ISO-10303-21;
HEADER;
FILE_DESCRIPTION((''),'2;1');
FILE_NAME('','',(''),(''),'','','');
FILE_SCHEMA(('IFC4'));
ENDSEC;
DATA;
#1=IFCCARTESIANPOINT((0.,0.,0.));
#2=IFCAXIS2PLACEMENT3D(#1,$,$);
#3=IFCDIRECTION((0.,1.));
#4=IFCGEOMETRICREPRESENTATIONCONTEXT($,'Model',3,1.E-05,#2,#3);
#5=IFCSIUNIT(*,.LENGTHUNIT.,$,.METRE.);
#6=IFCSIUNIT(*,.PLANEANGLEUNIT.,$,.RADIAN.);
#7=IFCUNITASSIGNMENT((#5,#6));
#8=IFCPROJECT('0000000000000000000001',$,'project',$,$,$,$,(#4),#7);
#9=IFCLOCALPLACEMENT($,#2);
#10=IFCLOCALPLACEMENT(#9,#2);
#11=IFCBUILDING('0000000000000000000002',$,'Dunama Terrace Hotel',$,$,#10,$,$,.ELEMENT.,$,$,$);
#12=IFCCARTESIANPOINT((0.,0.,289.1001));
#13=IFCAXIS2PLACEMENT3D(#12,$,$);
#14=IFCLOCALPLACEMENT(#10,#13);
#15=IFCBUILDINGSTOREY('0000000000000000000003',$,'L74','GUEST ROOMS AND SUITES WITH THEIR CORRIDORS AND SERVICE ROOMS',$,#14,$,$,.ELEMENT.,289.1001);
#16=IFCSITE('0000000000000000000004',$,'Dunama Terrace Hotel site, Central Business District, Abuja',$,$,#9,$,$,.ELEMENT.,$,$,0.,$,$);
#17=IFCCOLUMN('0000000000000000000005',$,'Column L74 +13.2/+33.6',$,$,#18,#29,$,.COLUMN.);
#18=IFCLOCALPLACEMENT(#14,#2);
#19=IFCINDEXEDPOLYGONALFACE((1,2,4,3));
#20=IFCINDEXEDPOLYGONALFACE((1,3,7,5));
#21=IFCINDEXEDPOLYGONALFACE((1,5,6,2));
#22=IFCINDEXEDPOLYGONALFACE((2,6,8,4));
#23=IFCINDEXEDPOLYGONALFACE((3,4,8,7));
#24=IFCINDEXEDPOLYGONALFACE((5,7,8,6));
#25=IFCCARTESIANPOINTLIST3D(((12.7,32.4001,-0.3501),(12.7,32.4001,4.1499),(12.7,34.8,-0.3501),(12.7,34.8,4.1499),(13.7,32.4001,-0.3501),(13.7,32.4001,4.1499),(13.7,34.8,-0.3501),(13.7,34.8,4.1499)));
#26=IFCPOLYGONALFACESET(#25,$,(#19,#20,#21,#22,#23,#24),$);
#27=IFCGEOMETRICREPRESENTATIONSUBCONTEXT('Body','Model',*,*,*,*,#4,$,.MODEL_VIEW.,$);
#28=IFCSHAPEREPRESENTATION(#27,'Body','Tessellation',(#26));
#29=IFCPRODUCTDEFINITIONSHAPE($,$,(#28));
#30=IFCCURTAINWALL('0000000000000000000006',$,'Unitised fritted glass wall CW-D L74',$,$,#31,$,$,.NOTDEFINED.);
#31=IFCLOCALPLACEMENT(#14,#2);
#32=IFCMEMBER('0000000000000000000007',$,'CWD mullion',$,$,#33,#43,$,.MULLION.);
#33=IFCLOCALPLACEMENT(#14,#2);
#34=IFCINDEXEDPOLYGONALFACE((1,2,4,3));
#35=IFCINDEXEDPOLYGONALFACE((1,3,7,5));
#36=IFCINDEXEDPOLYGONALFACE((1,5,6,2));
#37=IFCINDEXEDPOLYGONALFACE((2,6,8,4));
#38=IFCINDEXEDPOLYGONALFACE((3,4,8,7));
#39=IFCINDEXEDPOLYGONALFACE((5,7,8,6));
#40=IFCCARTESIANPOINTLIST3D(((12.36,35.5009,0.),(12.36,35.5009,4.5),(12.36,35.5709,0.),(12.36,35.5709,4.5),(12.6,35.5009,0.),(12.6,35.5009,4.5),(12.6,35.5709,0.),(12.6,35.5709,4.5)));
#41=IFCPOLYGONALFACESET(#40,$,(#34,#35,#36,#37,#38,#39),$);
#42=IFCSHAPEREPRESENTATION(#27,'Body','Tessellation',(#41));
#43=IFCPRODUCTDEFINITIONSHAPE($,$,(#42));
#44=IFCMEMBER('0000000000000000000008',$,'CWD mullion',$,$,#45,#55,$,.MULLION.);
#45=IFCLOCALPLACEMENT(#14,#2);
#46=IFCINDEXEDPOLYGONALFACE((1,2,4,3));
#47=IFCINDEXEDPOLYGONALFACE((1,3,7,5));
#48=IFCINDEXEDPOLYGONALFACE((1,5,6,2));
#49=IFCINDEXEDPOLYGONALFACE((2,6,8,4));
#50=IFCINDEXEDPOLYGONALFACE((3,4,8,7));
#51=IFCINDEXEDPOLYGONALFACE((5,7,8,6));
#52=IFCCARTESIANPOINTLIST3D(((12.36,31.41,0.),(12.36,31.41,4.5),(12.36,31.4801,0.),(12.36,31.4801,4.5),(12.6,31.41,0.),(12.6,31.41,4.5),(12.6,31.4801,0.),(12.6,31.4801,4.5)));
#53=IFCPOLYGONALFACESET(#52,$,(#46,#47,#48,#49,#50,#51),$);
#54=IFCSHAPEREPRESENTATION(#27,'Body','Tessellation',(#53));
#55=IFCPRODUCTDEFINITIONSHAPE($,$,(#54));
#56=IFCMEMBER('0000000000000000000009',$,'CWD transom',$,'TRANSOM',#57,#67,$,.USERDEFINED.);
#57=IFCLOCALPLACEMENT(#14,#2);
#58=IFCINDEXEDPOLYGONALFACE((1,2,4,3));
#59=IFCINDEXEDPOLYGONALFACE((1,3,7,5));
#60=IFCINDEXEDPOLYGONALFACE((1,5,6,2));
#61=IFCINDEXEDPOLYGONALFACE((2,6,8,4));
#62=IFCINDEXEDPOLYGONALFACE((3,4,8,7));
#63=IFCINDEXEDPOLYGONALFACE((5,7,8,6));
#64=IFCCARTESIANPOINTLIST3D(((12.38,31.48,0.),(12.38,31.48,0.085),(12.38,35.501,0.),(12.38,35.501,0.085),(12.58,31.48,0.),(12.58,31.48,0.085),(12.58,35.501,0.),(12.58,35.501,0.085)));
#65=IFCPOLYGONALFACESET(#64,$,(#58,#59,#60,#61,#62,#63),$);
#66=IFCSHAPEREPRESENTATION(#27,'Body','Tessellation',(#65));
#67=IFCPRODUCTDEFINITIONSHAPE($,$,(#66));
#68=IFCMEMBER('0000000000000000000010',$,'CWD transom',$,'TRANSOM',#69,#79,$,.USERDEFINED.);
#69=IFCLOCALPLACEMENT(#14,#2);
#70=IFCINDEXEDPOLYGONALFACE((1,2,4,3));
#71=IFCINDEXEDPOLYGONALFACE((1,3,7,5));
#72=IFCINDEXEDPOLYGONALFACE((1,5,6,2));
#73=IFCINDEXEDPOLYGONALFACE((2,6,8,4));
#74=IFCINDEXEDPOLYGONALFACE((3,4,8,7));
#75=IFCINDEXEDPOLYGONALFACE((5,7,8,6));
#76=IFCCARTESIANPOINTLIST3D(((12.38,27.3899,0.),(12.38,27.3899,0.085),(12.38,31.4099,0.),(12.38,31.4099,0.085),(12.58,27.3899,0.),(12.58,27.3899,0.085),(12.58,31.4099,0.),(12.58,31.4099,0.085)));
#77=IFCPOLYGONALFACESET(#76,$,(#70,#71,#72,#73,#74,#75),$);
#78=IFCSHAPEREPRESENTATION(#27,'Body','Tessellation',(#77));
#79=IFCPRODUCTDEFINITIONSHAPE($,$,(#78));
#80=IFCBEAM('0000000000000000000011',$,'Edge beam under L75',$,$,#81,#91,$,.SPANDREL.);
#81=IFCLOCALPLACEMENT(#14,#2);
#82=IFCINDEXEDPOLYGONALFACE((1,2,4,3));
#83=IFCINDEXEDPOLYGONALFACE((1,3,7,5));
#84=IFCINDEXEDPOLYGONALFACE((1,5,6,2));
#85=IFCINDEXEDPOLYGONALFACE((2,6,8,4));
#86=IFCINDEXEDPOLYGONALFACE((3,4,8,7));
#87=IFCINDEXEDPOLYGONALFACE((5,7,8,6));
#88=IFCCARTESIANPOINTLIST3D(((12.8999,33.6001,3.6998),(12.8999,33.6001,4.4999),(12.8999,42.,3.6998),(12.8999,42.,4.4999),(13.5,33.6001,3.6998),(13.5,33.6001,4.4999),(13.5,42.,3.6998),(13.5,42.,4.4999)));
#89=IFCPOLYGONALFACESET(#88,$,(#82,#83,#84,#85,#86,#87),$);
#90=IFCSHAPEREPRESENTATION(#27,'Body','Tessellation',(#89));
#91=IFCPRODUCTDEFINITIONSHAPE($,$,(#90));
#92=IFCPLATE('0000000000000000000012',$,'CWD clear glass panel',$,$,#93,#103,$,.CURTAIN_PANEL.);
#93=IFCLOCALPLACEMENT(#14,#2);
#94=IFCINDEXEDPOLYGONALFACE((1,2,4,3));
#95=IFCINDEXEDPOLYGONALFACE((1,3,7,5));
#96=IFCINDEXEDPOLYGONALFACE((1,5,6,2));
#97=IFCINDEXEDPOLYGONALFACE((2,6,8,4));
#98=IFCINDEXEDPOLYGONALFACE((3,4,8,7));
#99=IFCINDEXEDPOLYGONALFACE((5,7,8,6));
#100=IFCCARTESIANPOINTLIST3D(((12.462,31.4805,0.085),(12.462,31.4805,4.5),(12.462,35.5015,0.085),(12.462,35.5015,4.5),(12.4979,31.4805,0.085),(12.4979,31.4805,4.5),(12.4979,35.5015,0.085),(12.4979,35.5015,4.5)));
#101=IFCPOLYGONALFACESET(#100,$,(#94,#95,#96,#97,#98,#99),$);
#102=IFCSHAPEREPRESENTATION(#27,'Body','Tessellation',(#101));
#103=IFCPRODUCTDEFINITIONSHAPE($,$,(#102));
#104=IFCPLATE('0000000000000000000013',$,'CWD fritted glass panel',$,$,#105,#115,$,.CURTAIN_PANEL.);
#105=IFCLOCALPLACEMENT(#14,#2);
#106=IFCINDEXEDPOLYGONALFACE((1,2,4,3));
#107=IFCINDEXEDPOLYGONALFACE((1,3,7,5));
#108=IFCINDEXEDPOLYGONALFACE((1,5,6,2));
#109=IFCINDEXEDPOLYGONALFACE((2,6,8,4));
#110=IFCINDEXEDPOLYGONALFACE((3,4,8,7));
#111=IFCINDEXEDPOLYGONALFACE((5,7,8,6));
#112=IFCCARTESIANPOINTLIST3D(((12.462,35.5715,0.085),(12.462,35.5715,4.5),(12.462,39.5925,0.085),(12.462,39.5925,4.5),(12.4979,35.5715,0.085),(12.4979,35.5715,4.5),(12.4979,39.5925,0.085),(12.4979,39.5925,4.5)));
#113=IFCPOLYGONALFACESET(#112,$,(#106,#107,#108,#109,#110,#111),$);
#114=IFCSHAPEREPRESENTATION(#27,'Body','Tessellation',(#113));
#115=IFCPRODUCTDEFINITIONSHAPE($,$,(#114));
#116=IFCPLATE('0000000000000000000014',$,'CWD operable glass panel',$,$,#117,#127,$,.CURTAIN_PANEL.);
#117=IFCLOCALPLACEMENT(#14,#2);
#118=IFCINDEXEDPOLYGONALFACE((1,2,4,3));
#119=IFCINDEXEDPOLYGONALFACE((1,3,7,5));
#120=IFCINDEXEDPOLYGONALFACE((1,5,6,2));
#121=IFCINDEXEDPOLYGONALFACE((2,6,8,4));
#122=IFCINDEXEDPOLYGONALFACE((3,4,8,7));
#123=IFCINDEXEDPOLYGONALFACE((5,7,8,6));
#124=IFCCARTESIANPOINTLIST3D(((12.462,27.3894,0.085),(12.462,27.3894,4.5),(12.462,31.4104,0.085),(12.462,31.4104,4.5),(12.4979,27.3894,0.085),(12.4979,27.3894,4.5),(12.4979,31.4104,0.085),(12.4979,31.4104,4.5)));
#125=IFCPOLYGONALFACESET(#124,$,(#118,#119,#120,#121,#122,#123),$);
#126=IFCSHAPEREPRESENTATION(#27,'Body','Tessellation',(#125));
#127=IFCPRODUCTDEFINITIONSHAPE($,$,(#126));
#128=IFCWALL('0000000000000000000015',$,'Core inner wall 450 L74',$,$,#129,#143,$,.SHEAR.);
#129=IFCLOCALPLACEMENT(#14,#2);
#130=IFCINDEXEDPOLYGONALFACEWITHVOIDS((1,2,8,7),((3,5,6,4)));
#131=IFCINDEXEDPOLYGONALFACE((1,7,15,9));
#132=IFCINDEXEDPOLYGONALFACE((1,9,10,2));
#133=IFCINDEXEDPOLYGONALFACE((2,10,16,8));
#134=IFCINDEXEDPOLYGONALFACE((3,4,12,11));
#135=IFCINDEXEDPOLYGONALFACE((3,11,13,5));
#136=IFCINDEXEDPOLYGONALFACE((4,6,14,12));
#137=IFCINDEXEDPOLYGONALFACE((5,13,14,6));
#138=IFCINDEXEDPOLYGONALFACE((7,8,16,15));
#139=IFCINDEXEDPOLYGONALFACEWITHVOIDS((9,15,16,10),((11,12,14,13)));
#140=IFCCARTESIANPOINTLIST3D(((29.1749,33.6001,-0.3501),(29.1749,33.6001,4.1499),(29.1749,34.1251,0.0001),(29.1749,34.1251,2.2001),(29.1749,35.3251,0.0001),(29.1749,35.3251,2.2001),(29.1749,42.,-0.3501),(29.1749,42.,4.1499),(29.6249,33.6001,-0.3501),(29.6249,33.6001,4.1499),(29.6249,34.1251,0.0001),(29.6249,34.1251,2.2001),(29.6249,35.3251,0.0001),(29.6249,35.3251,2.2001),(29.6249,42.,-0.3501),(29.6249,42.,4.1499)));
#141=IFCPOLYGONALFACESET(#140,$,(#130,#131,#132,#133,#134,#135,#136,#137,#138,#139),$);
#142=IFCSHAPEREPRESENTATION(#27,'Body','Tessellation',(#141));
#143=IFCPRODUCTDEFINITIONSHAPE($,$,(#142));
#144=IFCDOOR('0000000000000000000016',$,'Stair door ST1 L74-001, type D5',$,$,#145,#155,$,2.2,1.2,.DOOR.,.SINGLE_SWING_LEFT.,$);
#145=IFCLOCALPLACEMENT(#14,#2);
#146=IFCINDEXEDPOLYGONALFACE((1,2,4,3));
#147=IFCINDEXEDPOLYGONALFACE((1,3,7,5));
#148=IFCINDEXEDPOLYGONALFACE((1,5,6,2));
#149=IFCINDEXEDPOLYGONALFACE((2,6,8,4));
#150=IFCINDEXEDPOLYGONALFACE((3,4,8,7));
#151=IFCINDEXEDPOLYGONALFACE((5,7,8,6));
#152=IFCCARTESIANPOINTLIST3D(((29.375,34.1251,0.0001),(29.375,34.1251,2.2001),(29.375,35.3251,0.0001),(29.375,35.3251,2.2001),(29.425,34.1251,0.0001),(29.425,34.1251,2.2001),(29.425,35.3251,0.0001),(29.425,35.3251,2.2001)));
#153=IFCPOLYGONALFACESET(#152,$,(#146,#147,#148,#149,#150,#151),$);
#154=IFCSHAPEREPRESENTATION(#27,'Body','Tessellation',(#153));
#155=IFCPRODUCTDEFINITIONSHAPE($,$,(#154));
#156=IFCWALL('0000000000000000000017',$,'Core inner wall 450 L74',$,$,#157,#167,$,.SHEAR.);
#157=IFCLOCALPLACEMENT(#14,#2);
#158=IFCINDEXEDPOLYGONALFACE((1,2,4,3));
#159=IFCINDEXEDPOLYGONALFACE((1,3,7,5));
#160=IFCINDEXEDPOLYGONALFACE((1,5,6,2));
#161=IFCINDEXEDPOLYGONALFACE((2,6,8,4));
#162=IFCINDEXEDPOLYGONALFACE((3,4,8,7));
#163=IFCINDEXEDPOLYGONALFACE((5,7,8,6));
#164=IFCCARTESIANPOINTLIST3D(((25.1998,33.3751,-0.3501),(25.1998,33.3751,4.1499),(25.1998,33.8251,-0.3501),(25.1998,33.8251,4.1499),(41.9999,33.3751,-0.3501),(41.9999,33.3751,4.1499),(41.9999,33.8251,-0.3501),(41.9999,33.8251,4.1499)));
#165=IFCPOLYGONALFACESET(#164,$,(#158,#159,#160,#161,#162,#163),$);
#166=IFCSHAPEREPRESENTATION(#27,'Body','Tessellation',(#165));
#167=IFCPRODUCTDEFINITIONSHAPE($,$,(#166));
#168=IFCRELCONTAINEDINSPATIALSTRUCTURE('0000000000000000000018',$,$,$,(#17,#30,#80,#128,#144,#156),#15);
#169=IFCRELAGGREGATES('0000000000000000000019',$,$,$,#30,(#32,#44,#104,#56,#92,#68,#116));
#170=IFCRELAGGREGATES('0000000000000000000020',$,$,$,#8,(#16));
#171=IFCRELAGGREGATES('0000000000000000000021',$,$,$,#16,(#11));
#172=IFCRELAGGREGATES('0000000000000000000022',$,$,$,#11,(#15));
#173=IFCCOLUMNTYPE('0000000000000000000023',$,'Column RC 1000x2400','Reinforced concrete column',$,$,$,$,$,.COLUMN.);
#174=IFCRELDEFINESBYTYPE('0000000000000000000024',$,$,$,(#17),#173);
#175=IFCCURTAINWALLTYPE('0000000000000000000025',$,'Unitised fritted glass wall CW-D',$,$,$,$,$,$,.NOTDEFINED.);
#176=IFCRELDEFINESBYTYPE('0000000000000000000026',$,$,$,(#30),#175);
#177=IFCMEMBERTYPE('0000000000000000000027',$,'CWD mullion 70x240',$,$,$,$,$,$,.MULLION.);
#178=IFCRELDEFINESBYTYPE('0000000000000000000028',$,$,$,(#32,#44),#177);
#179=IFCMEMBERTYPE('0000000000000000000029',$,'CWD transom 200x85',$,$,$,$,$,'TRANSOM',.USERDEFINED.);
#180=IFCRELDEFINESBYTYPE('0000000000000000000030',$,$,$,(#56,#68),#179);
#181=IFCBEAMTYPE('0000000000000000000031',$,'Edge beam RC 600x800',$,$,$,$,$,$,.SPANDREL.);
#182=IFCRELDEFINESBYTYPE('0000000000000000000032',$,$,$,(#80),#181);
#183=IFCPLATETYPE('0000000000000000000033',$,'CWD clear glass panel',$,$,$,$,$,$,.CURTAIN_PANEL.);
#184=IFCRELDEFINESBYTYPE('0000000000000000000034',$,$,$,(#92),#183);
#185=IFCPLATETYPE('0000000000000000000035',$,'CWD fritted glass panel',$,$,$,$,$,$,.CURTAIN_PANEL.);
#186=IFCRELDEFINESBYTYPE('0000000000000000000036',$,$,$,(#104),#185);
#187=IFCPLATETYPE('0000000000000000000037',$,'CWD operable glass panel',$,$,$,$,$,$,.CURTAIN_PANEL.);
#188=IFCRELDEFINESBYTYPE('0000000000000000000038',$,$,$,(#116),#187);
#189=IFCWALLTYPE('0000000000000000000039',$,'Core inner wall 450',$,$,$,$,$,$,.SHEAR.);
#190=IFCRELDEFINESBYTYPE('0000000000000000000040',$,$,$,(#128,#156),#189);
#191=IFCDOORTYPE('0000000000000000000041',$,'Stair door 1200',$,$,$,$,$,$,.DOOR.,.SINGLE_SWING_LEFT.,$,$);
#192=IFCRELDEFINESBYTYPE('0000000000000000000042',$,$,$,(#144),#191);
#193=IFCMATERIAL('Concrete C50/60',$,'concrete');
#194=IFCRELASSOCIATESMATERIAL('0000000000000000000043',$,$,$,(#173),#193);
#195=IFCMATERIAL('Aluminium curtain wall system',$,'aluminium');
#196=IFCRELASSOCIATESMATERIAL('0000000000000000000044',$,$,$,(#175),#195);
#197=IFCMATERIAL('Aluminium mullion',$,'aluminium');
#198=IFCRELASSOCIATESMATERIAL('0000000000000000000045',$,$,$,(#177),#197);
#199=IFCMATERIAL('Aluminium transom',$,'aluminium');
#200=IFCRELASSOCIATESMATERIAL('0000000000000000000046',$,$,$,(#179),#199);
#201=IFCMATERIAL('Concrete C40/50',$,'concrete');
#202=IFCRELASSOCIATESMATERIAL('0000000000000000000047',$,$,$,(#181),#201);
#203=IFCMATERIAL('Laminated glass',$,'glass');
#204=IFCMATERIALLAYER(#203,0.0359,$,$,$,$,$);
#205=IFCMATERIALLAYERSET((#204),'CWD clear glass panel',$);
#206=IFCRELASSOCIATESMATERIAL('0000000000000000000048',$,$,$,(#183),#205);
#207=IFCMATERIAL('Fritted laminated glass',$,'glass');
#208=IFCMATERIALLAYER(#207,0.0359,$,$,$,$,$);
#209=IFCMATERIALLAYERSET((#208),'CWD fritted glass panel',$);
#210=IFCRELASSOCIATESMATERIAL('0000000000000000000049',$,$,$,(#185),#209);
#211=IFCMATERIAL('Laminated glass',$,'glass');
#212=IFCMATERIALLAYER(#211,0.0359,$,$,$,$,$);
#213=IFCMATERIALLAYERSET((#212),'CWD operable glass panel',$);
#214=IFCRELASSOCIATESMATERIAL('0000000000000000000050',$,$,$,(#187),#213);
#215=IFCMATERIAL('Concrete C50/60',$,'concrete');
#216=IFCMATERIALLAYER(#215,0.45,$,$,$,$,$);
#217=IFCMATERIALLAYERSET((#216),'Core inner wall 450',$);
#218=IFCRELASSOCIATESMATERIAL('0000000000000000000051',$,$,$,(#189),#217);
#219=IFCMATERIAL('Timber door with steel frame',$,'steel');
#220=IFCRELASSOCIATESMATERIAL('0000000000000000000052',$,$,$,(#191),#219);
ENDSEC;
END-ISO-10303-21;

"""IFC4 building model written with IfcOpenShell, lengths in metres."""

from ifc_helpers import new_model, si_unit, direction, frame, frame_2d, origin, origin_2d, place, context, subcontext, project, spatial, rectangle, extrude, material, layer, layer_set, material_profile, profile_set, type_object, element, fill, aggregate, save


model = new_model("IFC4")

# Units and contexts
model_context = context("Model", 3, precision=1e-05, world=origin(), true_north=direction((0.0, 1.0)))
body_context = subcontext(model_context, "Body", "Model", "MODEL_VIEW")
ifc_project = project(units=[si_unit("LENGTHUNIT", "METRE"), si_unit("PLANEANGLEUNIT", "RADIAN")], contexts=[model_context])

# Site, building, storey
site_placement = place(None, origin())
site = spatial("IfcSite", under=ifc_project, at=site_placement, Name="Dunama Terrace Hotel site, Central Business District, Abuja", CompositionType="ELEMENT", RefElevation=0.0)
building_placement = place(site_placement, origin())
building = spatial("IfcBuilding", under=site, at=building_placement, Name="Dunama Terrace Hotel", CompositionType="ELEMENT")
storey_placement = place(building_placement, frame((0.0, 0.0, 289.1001)))
storey = spatial("IfcBuildingStorey", under=building, at=storey_placement, Name="L74", Description="GUEST ROOMS AND SUITES WITH THEIR CORRIDORS AND SERVICE ROOMS", CompositionType="ELEMENT", Elevation=289.1001)

# Column
ifc_material_1 = material(Name="Concrete C50/60", Category="concrete")
ifc_material_profile_1 = material_profile(ifc_material_1, rectangle(XDim=1.0, YDim=2.3999, at=origin_2d()), Name="RC 1000x2400")
ifc_profile_set_1 = profile_set([ifc_material_profile_1], Name="Concrete C50/60")
column_type = type_object("IfcColumnType", Name="Column RC 1000x2400", Description="Reinforced concrete column", PredefinedType="COLUMN", material=ifc_profile_set_1)
column_placement = place(storey_placement, frame((13.2, 33.6001, -0.3501), z_axis=(0.0, 0.0, 1.0), x_axis=(1.0, 0.0, 0.0)))
element("IfcColumn", 1, at=column_placement, inside=storey, type_object=column_type, Name="Column L74 +13.2/+33.6", PredefinedType="COLUMN", context=body_context, shape_type="SweptSolid", body=[
    extrude(rectangle(XDim=1.0, YDim=2.3999, at=origin_2d()), origin(), (0.0, 0.0, 1.0), 4.5),
])

# Curtain wall, members
ifc_material_2 = material(Name="Aluminium curtain wall system", Category="aluminium")
curtain_wall_type = type_object("IfcCurtainWallType", Name="Unitised fritted glass wall CW-D", PredefinedType="NOTDEFINED", material=ifc_material_2)
curtain_wall_placement = place(storey_placement, origin())
curtain_wall = element("IfcCurtainWall", 2, at=curtain_wall_placement, inside=storey, type_object=curtain_wall_type, Name="Unitised fritted glass wall CW-D L74", PredefinedType="NOTDEFINED")
ifc_material_3 = material(Name="Aluminium mullion", Category="aluminium")
ifc_material_profile_2 = material_profile(ifc_material_3, rectangle(XDim=0.0701, YDim=0.24, at=origin_2d()), Name="CWD MULLION 70X240")
ifc_profile_set_2 = profile_set([ifc_material_profile_2], Name="Aluminium mullion")
member_type_1 = type_object("IfcMemberType", Name="CWD mullion 70x240", PredefinedType="MULLION", material=ifc_profile_set_2)
member_1_placement = place(storey_placement, frame((12.48, 35.5359, 0.0), z_axis=(0.0, 0.0, 1.0), x_axis=(0.0, -1.0, 0.0)))
member_1 = element("IfcMember", 3, at=member_1_placement, type_object=member_type_1, Name="CWD mullion", PredefinedType="MULLION", context=body_context, shape_type="SweptSolid", body=[
    extrude(rectangle(XDim=0.0701, YDim=0.24, at=origin_2d()), origin(), (0.0, 0.0, 1.0), 4.5),
])
member_2_placement = place(storey_placement, frame((12.48, 31.4451, 0.0), z_axis=(0.0, 0.0, 1.0), x_axis=(0.0, -1.0, 0.0)))
member_2 = element("IfcMember", 4, at=member_2_placement, type_object=member_type_1, Name="CWD mullion", PredefinedType="MULLION", context=body_context, shape_type="SweptSolid", body=[
    extrude(rectangle(XDim=0.0701, YDim=0.24, at=origin_2d()), origin(), (0.0, 0.0, 1.0), 4.5),
])
ifc_material_4 = material(Name="Aluminium transom", Category="aluminium")
ifc_material_profile_3 = material_profile(ifc_material_4, rectangle(XDim=0.2, YDim=0.085, at=origin_2d()), Name="CWD TRANSOM 200X85")
ifc_profile_set_3 = profile_set([ifc_material_profile_3], Name="Aluminium transom")
member_type_2 = type_object("IfcMemberType", Name="CWD transom 200x85", ElementType="TRANSOM", PredefinedType="USERDEFINED", material=ifc_profile_set_3)
member_3_placement = place(storey_placement, frame((12.48, 35.501, 0.0425), z_axis=(0.0, -1.0, 0.0), x_axis=(1.0, 0.0, 0.0)))
member_3 = element("IfcMember", 5, at=member_3_placement, type_object=member_type_2, Name="CWD transom", ObjectType="TRANSOM", PredefinedType="USERDEFINED", context=body_context, shape_type="SweptSolid", body=[
    extrude(rectangle(XDim=0.2, YDim=0.085, at=origin_2d()), origin(), (0.0, 0.0, 1.0), 4.021),
])
member_4_placement = place(storey_placement, frame((12.48, 31.4099, 0.0425), z_axis=(0.0, -1.0, 0.0), x_axis=(1.0, 0.0, 0.0)))
member_4 = element("IfcMember", 6, at=member_4_placement, type_object=member_type_2, Name="CWD transom", ObjectType="TRANSOM", PredefinedType="USERDEFINED", context=body_context, shape_type="SweptSolid", body=[
    extrude(rectangle(XDim=0.2, YDim=0.085, at=origin_2d()), origin(), (0.0, 0.0, 1.0), 4.02),
])

# Beam
ifc_material_5 = material(Name="Concrete C40/50", Category="concrete")
ifc_material_profile_4 = material_profile(ifc_material_5, rectangle(XDim=0.6001, YDim=0.8, at=origin_2d()), Name="RC 600x800")
ifc_profile_set_4 = profile_set([ifc_material_profile_4], Name="Concrete C40/50")
beam_type = type_object("IfcBeamType", Name="Edge beam RC 600x800", PredefinedType="SPANDREL", material=ifc_profile_set_4)
beam_placement = place(storey_placement, frame((13.2, 33.6001, 4.0999), z_axis=(0.0, 1.0, 0.0), x_axis=(-1.0, 0.0, 0.0)))
element("IfcBeam", 7, at=beam_placement, inside=storey, type_object=beam_type, Name="Edge beam under L75", PredefinedType="SPANDREL", context=body_context, shape_type="SweptSolid", body=[
    extrude(rectangle(XDim=0.6001, YDim=0.8, at=origin_2d()), origin(), (0.0, 0.0, 1.0), 8.3999),
])

# Plates
ifc_material_6 = material(Name="Laminated glass", Category="glass")
ifc_layer_1 = layer(ifc_material_6, 0.0359)
ifc_layer_set_1 = layer_set([ifc_layer_1], Name="CWD clear glass panel")
plate_type_1 = type_object("IfcPlateType", Name="CWD clear glass panel", PredefinedType="CURTAIN_PANEL", material=ifc_layer_set_1)
plate_1_placement = place(storey_placement, frame((12.48, 33.491, 0.085), z_axis=(0.0, 0.0, 1.0), x_axis=(0.0, -1.0, 0.0)))
plate_1 = element("IfcPlate", 8, at=plate_1_placement, type_object=plate_type_1, Name="CWD clear glass panel", PredefinedType="CURTAIN_PANEL", context=body_context, shape_type="SweptSolid", body=[
    extrude(rectangle(XDim=4.021, YDim=0.0359, at=origin_2d()), origin(), (0.0, 0.0, 1.0), 4.415),
])
ifc_material_7 = material(Name="Fritted laminated glass", Category="glass")
ifc_layer_2 = layer(ifc_material_7, 0.0359)
ifc_layer_set_2 = layer_set([ifc_layer_2], Name="CWD fritted glass panel")
plate_type_2 = type_object("IfcPlateType", Name="CWD fritted glass panel", PredefinedType="CURTAIN_PANEL", material=ifc_layer_set_2)
plate_2_placement = place(storey_placement, frame((12.48, 37.582, 0.085), z_axis=(0.0, 0.0, 1.0), x_axis=(0.0, -1.0, 0.0)))
plate_2 = element("IfcPlate", 9, at=plate_2_placement, type_object=plate_type_2, Name="CWD fritted glass panel", PredefinedType="CURTAIN_PANEL", context=body_context, shape_type="SweptSolid", body=[
    extrude(rectangle(XDim=4.021, YDim=0.0359, at=origin_2d()), origin(), (0.0, 0.0, 1.0), 4.415),
])
ifc_material_8 = material(Name="Laminated glass", Category="glass")
ifc_layer_3 = layer(ifc_material_8, 0.0359)
ifc_layer_set_3 = layer_set([ifc_layer_3], Name="CWD operable glass panel")
plate_type_3 = type_object("IfcPlateType", Name="CWD operable glass panel", PredefinedType="CURTAIN_PANEL", material=ifc_layer_set_3)
plate_3_placement = place(storey_placement, frame((12.48, 29.3999, 0.085), z_axis=(0.0, 0.0, 1.0), x_axis=(0.0, -1.0, 0.0)))
plate_3 = element("IfcPlate", 10, at=plate_3_placement, type_object=plate_type_3, Name="CWD operable glass panel", PredefinedType="CURTAIN_PANEL", context=body_context, shape_type="SweptSolid", body=[
    extrude(rectangle(XDim=4.021, YDim=0.0359, at=origin_2d()), origin(), (0.0, 0.0, 1.0), 4.415),
])
aggregate(curtain_wall, [member_1, member_2, plate_2, member_3, plate_1, member_4, plate_3])

# Wall, opening, door
ifc_material_9 = material(Name="Concrete C50/60", Category="concrete")
ifc_layer_4 = layer(ifc_material_9, 0.45)
ifc_layer_set_4 = layer_set([ifc_layer_4], Name="Core inner wall 450")
wall_type_1 = type_object("IfcWallType", Name="Core inner wall 450", PredefinedType="SHEAR", material=ifc_layer_set_4)
wall_1_placement = place(storey_placement, frame((29.3999, 33.6001, -0.3501), z_axis=(0.0, 0.0, 1.0), x_axis=(0.0, 1.0, 0.0)))
wall_1 = element("IfcWall", 11, at=wall_1_placement, inside=storey, type_object=wall_type_1, Name="Core inner wall 450 L74", PredefinedType="SHEAR", context=body_context, shape_type="SweptSolid", body=[
    extrude(rectangle(XDim=8.3999, YDim=0.45, at=frame_2d((4.2, 0.0))), origin(), (0.0, 0.0, 1.0), 4.5),
])
opening_1_placement = place(wall_1_placement, frame((0.5249, 0.0, 0.3501)))
opening_1 = element("IfcOpeningElement", 12, at=opening_1_placement, cuts=wall_1, PredefinedType="OPENING", context=body_context, shape_type="SweptSolid", body=[
    extrude(rectangle(XDim=1.2, YDim=2.2, at=frame_2d((0.6001, 1.1001))), frame((0.0, 0.2349, 0.0), z_axis=(0.0, -1.0, 0.0), x_axis=(1.0, 0.0, 0.0)), (0.0, 0.0, 1.0), 0.47),
])
ifc_material_10 = material(Name="Timber door with steel frame", Category="steel")
door_type_1 = type_object("IfcDoorType", Name="Stair door 1200", OperationType="SINGLE_SWING_LEFT", PredefinedType="DOOR", material=ifc_material_10)
door_1_placement = place(opening_1_placement, origin())
door_1 = element("IfcDoor", 13, at=door_1_placement, inside=storey, type_object=door_type_1, Name="Stair door ST1 L74-001, type D5", OperationType="SINGLE_SWING_LEFT", OverallHeight=2.2, OverallWidth=1.2, PredefinedType="DOOR", context=body_context, shape_type="SweptSolid", body=[
    extrude(rectangle(XDim=1.2, YDim=2.2, at=frame_2d((0.6001, 1.1001))), frame((0.0, 0.0249, 0.0), z_axis=(0.0, -1.0, 0.0), x_axis=(1.0, 0.0, 0.0)), (0.0, 0.0, 1.0), 0.05),
])
fill(opening_1, door_1)

# Wall
wall_2_placement = place(storey_placement, frame((25.2, 33.6001, -0.3501), z_axis=(0.0, 0.0, 1.0), x_axis=(1.0, 0.0, 0.0)))
element("IfcWall", 14, at=wall_2_placement, inside=storey, type_object=wall_type_1, Name="Core inner wall 450 L74", PredefinedType="SHEAR", context=body_context, shape_type="SweptSolid", body=[
    extrude(rectangle(XDim=16.8, YDim=0.45, at=frame_2d((8.3999, 0.0))), origin(), (0.0, 0.0, 1.0), 4.5),
])

save(model, "model.ifc")
